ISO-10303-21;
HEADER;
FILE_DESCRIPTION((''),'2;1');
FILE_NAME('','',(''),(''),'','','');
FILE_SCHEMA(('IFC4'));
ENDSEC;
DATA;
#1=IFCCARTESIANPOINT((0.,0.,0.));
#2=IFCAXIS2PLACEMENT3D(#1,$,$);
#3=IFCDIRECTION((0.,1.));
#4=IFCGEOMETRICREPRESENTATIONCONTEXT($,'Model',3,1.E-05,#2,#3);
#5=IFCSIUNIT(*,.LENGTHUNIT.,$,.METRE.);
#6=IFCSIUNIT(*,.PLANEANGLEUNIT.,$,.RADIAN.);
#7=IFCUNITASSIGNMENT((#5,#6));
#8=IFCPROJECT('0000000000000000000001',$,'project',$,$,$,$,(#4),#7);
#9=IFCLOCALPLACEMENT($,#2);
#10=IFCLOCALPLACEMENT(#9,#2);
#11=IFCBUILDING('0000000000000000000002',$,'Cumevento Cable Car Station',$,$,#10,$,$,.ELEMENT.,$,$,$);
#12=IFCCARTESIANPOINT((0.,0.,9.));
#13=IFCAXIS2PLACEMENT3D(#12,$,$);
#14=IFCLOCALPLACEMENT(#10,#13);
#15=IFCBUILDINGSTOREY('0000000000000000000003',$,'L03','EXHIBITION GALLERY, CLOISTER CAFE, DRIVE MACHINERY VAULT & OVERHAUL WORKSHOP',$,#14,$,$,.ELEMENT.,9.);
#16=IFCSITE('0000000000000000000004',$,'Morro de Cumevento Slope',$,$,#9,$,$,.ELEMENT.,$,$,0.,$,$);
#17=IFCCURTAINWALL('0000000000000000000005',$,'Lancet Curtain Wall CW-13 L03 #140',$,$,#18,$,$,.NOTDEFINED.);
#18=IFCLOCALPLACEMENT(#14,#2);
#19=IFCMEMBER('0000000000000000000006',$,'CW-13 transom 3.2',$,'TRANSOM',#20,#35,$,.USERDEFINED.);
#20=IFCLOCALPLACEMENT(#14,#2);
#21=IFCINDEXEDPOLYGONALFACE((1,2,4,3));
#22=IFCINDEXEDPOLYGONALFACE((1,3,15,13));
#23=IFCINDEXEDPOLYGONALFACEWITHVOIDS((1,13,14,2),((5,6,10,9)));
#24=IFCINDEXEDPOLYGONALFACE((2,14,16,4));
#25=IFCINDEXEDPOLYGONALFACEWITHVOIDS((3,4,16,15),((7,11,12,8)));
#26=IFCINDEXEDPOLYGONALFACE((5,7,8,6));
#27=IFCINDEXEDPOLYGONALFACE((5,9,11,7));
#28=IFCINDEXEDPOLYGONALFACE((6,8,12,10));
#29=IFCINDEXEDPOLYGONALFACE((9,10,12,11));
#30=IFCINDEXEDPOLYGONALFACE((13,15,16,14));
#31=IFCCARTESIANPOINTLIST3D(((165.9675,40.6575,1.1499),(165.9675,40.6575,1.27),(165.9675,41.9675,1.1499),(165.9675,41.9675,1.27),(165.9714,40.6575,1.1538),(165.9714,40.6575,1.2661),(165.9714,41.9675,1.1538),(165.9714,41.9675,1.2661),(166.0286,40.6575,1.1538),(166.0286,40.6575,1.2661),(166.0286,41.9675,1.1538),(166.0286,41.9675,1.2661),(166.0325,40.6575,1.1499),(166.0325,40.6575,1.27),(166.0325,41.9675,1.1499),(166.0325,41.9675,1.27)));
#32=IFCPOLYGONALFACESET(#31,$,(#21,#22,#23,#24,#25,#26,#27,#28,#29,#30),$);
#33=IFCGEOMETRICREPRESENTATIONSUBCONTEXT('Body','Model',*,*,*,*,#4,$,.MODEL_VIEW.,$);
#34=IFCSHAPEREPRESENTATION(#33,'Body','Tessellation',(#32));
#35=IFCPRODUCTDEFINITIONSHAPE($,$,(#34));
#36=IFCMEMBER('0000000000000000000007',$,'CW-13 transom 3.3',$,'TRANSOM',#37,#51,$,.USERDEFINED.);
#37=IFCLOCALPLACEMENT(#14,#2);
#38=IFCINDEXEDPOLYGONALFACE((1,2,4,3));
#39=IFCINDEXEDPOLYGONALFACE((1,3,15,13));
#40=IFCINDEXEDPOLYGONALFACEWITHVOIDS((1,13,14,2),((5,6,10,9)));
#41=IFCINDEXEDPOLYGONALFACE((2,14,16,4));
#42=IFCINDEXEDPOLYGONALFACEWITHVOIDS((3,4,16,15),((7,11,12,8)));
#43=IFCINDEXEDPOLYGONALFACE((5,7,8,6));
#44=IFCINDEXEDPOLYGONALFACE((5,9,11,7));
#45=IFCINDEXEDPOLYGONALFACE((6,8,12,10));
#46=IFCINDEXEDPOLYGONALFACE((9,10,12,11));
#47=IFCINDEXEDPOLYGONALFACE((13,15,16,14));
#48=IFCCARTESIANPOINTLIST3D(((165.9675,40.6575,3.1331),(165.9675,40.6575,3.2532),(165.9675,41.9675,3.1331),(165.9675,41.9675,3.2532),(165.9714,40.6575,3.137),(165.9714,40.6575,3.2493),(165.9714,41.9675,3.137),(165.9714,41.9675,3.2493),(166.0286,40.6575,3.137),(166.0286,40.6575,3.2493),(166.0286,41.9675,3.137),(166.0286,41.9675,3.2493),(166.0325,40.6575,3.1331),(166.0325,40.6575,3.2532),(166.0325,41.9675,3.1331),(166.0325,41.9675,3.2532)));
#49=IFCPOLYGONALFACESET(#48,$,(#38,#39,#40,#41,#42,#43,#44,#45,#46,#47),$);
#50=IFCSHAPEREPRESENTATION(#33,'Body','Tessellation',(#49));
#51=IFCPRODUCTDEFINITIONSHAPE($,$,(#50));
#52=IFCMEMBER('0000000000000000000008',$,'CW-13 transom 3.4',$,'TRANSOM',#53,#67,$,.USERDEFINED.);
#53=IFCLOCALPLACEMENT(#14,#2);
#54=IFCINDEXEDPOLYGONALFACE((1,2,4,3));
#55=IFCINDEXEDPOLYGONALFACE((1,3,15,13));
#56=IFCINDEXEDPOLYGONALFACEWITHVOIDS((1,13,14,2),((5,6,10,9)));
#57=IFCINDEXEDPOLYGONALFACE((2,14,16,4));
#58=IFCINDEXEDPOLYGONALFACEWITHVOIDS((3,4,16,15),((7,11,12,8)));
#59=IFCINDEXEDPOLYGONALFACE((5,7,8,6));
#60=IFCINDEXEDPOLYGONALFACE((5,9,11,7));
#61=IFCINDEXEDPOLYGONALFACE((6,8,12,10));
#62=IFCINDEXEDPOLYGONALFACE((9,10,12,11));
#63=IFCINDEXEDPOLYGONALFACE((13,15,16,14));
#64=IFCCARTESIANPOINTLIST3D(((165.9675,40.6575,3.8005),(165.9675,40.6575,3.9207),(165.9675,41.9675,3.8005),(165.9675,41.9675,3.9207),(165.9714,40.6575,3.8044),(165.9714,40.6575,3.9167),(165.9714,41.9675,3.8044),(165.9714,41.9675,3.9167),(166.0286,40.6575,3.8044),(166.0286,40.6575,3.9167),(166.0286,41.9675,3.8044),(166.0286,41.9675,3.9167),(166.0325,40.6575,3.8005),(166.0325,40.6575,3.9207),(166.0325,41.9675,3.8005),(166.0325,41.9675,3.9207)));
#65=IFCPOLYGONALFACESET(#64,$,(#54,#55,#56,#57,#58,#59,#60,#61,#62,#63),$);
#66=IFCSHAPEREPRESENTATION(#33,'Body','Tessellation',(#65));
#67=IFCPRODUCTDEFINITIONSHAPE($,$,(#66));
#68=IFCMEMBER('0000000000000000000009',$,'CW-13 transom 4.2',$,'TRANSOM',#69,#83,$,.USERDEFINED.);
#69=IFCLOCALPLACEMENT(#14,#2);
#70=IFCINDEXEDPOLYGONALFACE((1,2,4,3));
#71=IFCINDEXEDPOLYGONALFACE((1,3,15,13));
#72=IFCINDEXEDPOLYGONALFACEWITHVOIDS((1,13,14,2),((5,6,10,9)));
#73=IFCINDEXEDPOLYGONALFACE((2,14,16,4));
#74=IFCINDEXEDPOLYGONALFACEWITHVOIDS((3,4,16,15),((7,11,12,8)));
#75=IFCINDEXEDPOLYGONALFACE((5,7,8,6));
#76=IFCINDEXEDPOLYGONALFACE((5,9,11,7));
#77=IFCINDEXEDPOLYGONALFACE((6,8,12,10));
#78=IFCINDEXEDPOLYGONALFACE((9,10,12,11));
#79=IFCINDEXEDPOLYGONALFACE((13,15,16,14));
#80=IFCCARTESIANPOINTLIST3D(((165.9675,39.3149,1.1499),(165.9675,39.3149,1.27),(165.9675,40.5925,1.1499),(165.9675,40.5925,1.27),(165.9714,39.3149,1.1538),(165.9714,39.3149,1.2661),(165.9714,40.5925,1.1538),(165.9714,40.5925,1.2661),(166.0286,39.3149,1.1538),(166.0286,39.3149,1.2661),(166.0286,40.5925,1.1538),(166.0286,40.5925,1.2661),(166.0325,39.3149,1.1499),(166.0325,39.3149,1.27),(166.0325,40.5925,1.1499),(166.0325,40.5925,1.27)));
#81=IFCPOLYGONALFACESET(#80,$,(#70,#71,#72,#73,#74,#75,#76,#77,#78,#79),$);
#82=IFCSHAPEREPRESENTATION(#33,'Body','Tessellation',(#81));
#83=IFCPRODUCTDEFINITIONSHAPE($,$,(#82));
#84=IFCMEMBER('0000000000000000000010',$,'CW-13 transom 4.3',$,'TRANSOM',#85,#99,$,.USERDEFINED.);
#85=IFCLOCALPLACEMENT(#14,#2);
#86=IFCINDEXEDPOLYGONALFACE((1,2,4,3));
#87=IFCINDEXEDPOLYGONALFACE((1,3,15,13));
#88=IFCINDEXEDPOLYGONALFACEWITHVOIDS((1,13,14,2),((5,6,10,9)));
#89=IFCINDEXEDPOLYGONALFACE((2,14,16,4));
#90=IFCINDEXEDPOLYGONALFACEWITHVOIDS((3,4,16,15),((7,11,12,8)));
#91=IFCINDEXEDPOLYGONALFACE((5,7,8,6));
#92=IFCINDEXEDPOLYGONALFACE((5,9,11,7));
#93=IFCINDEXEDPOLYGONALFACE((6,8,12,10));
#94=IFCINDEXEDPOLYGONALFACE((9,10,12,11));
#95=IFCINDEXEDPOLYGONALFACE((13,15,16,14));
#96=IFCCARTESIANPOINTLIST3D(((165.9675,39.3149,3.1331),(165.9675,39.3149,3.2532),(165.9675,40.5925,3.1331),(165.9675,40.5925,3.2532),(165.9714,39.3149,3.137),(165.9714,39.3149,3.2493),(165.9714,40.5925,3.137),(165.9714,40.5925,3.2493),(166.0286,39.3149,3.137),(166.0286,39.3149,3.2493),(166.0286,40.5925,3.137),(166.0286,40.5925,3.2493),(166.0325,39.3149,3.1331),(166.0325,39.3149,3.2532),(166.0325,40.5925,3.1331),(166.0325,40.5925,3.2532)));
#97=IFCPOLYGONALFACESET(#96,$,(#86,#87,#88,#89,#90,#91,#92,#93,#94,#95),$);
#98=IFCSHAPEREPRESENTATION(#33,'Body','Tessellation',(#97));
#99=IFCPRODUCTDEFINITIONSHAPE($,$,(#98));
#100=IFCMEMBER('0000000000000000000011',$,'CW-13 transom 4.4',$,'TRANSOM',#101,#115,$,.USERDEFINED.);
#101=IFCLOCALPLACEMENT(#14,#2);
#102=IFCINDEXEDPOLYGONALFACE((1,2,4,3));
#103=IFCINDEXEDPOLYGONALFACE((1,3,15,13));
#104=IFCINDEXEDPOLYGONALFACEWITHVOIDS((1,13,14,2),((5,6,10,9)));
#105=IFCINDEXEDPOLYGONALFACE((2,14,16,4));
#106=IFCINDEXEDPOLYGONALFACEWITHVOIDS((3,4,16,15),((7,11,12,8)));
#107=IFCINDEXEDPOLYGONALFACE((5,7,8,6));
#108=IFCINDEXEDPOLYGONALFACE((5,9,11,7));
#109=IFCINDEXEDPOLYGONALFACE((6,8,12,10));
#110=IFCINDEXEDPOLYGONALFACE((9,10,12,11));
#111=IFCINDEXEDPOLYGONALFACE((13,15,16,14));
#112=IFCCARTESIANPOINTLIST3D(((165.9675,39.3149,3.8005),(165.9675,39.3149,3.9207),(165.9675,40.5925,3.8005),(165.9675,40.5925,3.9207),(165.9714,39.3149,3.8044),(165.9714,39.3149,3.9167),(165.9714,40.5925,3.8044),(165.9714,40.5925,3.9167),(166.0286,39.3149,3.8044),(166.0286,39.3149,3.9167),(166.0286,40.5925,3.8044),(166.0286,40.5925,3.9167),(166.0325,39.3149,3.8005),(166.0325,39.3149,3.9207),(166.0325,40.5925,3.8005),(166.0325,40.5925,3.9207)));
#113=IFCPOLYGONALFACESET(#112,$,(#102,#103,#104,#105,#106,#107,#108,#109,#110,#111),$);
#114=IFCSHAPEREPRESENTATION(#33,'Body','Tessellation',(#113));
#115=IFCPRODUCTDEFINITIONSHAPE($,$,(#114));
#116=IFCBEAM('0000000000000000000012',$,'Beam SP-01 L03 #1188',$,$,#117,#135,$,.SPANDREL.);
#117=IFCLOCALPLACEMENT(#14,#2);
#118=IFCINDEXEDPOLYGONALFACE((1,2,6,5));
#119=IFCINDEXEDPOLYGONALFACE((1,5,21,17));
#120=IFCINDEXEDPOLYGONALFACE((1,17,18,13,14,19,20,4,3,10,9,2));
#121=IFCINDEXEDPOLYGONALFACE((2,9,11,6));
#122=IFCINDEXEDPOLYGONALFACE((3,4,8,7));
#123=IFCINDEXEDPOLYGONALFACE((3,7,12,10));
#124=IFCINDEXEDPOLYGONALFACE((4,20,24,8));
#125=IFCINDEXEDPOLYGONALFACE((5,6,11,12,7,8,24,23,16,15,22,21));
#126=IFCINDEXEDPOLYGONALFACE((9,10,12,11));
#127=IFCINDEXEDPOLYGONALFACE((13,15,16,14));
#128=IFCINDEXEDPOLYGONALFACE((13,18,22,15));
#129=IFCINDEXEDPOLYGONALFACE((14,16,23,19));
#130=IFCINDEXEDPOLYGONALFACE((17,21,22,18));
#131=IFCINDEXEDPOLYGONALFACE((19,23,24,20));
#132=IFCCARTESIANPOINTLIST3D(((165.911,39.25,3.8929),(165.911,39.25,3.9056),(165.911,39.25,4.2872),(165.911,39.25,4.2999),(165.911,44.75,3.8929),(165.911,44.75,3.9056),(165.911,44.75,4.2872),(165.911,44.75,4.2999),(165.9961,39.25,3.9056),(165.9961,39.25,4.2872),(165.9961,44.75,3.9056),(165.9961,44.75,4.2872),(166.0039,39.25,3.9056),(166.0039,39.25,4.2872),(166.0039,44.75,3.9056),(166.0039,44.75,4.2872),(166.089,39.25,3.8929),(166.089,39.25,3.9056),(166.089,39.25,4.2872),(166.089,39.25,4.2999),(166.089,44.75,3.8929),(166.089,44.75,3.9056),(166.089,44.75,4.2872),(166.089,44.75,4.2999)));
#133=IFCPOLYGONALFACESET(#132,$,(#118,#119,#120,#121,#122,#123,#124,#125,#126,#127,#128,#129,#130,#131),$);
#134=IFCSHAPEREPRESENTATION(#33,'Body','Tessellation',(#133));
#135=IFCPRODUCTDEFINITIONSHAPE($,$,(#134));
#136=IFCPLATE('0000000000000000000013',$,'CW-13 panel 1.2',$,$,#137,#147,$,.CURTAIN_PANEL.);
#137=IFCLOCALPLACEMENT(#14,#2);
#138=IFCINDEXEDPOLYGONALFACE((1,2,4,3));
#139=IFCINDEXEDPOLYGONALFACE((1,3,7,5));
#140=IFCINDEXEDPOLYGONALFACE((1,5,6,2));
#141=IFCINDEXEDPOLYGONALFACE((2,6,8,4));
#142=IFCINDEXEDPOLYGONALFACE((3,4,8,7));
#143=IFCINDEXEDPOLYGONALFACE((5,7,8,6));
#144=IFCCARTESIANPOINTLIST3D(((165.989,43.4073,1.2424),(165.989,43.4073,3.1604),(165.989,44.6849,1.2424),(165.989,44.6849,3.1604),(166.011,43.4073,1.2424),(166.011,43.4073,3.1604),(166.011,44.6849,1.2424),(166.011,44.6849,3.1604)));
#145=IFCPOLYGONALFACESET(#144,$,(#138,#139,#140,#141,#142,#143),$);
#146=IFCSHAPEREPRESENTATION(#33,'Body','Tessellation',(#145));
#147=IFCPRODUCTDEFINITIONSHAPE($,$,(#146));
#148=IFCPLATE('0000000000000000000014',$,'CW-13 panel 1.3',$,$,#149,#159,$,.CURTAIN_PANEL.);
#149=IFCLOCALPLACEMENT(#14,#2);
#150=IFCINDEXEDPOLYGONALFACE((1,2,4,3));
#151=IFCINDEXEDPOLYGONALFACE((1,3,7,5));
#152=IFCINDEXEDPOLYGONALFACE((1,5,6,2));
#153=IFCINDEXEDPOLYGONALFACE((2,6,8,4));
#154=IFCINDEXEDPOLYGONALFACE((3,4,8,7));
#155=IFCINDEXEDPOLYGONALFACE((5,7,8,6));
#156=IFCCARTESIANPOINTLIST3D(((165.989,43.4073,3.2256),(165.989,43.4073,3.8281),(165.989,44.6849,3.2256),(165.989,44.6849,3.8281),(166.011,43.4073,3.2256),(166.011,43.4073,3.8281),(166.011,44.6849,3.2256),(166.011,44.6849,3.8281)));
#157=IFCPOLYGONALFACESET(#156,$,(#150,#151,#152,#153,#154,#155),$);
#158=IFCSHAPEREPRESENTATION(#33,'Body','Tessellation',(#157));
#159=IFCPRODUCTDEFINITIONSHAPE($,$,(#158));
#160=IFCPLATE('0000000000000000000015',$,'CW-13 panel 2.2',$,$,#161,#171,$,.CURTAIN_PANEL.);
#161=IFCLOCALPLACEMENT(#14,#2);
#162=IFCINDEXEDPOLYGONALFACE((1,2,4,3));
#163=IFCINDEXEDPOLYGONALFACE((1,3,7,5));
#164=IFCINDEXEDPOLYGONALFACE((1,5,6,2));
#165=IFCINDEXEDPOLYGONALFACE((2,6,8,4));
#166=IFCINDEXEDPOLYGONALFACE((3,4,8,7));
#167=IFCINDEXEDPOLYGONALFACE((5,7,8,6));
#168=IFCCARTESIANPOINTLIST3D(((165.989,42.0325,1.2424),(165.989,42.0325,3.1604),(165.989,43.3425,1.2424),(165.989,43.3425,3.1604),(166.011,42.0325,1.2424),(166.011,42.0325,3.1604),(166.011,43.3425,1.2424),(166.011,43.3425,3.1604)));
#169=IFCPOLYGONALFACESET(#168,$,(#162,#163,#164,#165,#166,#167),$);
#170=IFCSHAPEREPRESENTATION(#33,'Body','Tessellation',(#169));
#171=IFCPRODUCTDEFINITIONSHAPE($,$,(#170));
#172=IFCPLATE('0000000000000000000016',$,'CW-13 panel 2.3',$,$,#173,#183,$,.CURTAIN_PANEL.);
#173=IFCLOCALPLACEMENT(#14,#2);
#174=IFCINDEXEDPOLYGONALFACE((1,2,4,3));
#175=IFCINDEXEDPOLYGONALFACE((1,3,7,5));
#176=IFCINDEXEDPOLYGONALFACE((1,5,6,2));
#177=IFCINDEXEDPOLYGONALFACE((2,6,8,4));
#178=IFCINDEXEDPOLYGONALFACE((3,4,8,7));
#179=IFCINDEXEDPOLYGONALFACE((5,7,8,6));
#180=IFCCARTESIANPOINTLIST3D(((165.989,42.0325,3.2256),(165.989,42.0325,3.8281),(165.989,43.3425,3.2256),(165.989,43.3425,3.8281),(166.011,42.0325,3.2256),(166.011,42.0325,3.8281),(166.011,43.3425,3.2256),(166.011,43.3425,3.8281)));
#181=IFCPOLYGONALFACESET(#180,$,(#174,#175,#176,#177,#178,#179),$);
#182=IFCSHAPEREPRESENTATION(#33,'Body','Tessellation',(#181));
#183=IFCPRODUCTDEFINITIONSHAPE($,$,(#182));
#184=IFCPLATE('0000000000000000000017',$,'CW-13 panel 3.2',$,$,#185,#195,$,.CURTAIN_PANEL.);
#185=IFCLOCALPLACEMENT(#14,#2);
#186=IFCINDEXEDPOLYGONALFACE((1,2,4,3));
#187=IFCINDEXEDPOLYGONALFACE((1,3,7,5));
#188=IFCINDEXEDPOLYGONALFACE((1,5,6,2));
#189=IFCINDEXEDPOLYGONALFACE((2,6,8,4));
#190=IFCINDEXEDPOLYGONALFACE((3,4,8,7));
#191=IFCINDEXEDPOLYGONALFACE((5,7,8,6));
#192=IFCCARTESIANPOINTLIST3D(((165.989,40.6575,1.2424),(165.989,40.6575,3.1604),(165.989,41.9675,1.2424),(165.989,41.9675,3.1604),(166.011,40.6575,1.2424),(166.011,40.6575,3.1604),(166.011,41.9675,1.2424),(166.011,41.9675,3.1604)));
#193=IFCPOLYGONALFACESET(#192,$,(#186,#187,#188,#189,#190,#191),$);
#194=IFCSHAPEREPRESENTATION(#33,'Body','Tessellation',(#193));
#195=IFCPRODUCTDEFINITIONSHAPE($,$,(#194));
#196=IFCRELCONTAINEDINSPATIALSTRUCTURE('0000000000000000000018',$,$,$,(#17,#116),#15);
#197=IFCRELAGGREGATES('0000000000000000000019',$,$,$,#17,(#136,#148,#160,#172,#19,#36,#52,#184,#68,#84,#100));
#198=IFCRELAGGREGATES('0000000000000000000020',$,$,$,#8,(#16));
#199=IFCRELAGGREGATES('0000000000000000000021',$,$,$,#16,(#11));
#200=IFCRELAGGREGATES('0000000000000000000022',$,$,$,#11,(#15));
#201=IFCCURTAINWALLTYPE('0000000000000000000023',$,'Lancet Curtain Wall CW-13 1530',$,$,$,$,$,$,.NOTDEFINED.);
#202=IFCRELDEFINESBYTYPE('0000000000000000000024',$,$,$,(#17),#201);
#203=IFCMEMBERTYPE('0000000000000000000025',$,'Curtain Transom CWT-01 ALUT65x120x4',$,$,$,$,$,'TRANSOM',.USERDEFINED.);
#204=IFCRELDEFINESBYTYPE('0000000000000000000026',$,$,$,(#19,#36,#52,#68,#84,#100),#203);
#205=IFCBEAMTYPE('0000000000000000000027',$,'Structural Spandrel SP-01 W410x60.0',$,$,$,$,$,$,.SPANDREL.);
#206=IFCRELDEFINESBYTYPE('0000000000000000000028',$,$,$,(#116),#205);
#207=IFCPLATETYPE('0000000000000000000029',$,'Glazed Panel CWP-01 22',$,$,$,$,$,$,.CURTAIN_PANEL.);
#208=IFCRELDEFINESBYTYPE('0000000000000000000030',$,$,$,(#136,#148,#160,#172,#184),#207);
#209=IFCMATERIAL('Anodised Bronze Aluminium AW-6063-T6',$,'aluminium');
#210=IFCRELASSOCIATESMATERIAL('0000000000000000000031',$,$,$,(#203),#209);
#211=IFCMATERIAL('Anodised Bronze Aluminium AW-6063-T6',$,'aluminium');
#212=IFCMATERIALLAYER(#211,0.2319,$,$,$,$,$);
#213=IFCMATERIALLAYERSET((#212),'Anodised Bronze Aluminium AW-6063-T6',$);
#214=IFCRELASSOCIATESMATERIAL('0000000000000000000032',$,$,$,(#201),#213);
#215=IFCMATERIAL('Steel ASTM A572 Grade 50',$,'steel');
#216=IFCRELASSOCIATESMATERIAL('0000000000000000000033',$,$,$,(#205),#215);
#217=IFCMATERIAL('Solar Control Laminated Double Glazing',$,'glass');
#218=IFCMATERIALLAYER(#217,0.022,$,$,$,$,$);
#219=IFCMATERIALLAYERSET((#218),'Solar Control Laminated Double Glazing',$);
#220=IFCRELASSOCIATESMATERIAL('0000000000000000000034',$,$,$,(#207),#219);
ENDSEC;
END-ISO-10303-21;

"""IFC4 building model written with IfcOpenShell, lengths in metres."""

from ifc_helpers import new_model, si_unit, direction, frame, origin, origin_2d, place, context, subcontext, project, spatial, rectangle, hollow_rectangle, i_section, extrude, material, layer, layer_set, material_profile, profile_set, type_object, element, aggregate, save


model = new_model("IFC4")

# Units and contexts
model_context = context("Model", 3, precision=1e-05, world=origin(), true_north=direction((0.0, 1.0)))
body_context = subcontext(model_context, "Body", "Model", "MODEL_VIEW")
ifc_project = project(units=[si_unit("LENGTHUNIT", "METRE"), si_unit("PLANEANGLEUNIT", "RADIAN")], contexts=[model_context])

# Site, building, storey
site_placement = place(None, origin())
site = spatial("IfcSite", under=ifc_project, at=site_placement, Name="Morro de Cumevento Slope", CompositionType="ELEMENT", RefElevation=0.0)
building_placement = place(site_placement, origin())
building = spatial("IfcBuilding", under=site, at=building_placement, Name="Cumevento Cable Car Station", CompositionType="ELEMENT")
storey_placement = place(building_placement, frame((0.0, 0.0, 9.0)))
storey = spatial("IfcBuildingStorey", under=building, at=storey_placement, Name="L03", Description="EXHIBITION GALLERY, CLOISTER CAFE, DRIVE MACHINERY VAULT & OVERHAUL WORKSHOP", CompositionType="ELEMENT", Elevation=9.0)

# Curtain wall, members
ifc_material_1 = material(Name="Anodised Bronze Aluminium AW-6063-T6", Category="aluminium")
ifc_material_profile_1 = material_profile(ifc_material_1, hollow_rectangle(XDim=0.0649, YDim=0.1201, WallThickness=0.0039, at=origin_2d()), Name="ALUT65x120x4")
ifc_profile_set_1 = profile_set([ifc_material_profile_1], Name="Anodised Bronze Aluminium AW-6063-T6")
member_type = type_object("IfcMemberType", Name="Curtain Transom CWT-01 ALUT65x120x4", ElementType="TRANSOM", PredefinedType="USERDEFINED", material=ifc_profile_set_1)
ifc_material_2 = material(Name="Anodised Bronze Aluminium AW-6063-T6", Category="aluminium")
ifc_layer_1 = layer(ifc_material_2, 0.2319)
ifc_layer_set_1 = layer_set([ifc_layer_1], Name="Anodised Bronze Aluminium AW-6063-T6")
curtain_wall_type_1 = type_object("IfcCurtainWallType", Name="Lancet Curtain Wall CW-13 1530", PredefinedType="NOTDEFINED", material=ifc_layer_set_1)
curtain_wall_1_placement = place(storey_placement, origin())
curtain_wall_1 = element("IfcCurtainWall", 1, at=curtain_wall_1_placement, inside=storey, type_object=curtain_wall_type_1, Name="Lancet Curtain Wall CW-13 L03 #140", PredefinedType="NOTDEFINED")
member_1_placement = place(storey_placement, frame((166.0, 41.9675, 1.21), z_axis=(0.0, -1.0, 0.0), x_axis=(1.0, 0.0, 0.0)))
member_1 = element("IfcMember", 2, at=member_1_placement, type_object=member_type, Name="CW-13 transom 3.2", ObjectType="TRANSOM", PredefinedType="USERDEFINED", context=body_context, shape_type="SweptSolid", body=[
    extrude(hollow_rectangle(XDim=0.0649, YDim=0.1201, WallThickness=0.0039, at=origin_2d()), origin(), (0.0, 0.0, 1.0), 1.3101),
])
member_2_placement = place(storey_placement, frame((166.0, 41.9675, 3.1931), z_axis=(0.0, -1.0, 0.0), x_axis=(1.0, 0.0, 0.0)))
member_2 = element("IfcMember", 3, at=member_2_placement, type_object=member_type, Name="CW-13 transom 3.3", ObjectType="TRANSOM", PredefinedType="USERDEFINED", context=body_context, shape_type="SweptSolid", body=[
    extrude(hollow_rectangle(XDim=0.0649, YDim=0.1201, WallThickness=0.0039, at=origin_2d()), origin(), (0.0, 0.0, 1.0), 1.3101),
])
member_3_placement = place(storey_placement, frame((166.0, 41.9675, 3.8606), z_axis=(0.0, -1.0, 0.0), x_axis=(1.0, 0.0, 0.0)))
member_3 = element("IfcMember", 4, at=member_3_placement, type_object=member_type, Name="CW-13 transom 3.4", ObjectType="TRANSOM", PredefinedType="USERDEFINED", context=body_context, shape_type="SweptSolid", body=[
    extrude(hollow_rectangle(XDim=0.0649, YDim=0.1201, WallThickness=0.0039, at=origin_2d()), origin(), (0.0, 0.0, 1.0), 1.3101),
])
member_4_placement = place(storey_placement, frame((166.0, 40.5925, 1.21), z_axis=(0.0, -1.0, 0.0), x_axis=(1.0, 0.0, 0.0)))
member_4 = element("IfcMember", 5, at=member_4_placement, type_object=member_type, Name="CW-13 transom 4.2", ObjectType="TRANSOM", PredefinedType="USERDEFINED", context=body_context, shape_type="SweptSolid", body=[
    extrude(hollow_rectangle(XDim=0.0649, YDim=0.1201, WallThickness=0.0039, at=origin_2d()), origin(), (0.0, 0.0, 1.0), 1.2776),
])
member_5_placement = place(storey_placement, frame((166.0, 40.5925, 3.1931), z_axis=(0.0, -1.0, 0.0), x_axis=(1.0, 0.0, 0.0)))
member_5 = element("IfcMember", 6, at=member_5_placement, type_object=member_type, Name="CW-13 transom 4.3", ObjectType="TRANSOM", PredefinedType="USERDEFINED", context=body_context, shape_type="SweptSolid", body=[
    extrude(hollow_rectangle(XDim=0.0649, YDim=0.1201, WallThickness=0.0039, at=origin_2d()), origin(), (0.0, 0.0, 1.0), 1.2776),
])
member_6_placement = place(storey_placement, frame((166.0, 40.5925, 3.8606), z_axis=(0.0, -1.0, 0.0), x_axis=(1.0, 0.0, 0.0)))
member_6 = element("IfcMember", 7, at=member_6_placement, type_object=member_type, Name="CW-13 transom 4.4", ObjectType="TRANSOM", PredefinedType="USERDEFINED", context=body_context, shape_type="SweptSolid", body=[
    extrude(hollow_rectangle(XDim=0.0649, YDim=0.1201, WallThickness=0.0039, at=origin_2d()), origin(), (0.0, 0.0, 1.0), 1.2776),
])

# Beam
ifc_material_3 = material(Name="Steel ASTM A572 Grade 50", Category="steel")
ifc_material_profile_2 = material_profile(ifc_material_3, i_section(OverallWidth=0.178, OverallDepth=0.407, WebThickness=0.0078, FlangeThickness=0.0127, at=origin_2d()), Name="W410x60.0")
ifc_profile_set_2 = profile_set([ifc_material_profile_2], Name="Steel ASTM A572 Grade 50")
beam_type = type_object("IfcBeamType", Name="Structural Spandrel SP-01 W410x60.0", PredefinedType="SPANDREL", material=ifc_profile_set_2)
beam_placement = place(storey_placement, frame((166.0, 39.25, 4.0964), z_axis=(0.0, 1.0, 0.0), x_axis=(-1.0, 0.0, 0.0)))
element("IfcBeam", 8, at=beam_placement, inside=storey, type_object=beam_type, Name="Beam SP-01 L03 #1188", PredefinedType="SPANDREL", context=body_context, shape_type="SweptSolid", body=[
    extrude(i_section(OverallWidth=0.178, OverallDepth=0.407, WebThickness=0.0078, FlangeThickness=0.0127, at=origin_2d()), origin(), (0.0, 0.0, 1.0), 5.5),
])

# Plates
ifc_material_4 = material(Name="Solar Control Laminated Double Glazing", Category="glass")
ifc_layer_2 = layer(ifc_material_4, 0.022)
ifc_layer_set_2 = layer_set([ifc_layer_2], Name="Solar Control Laminated Double Glazing")
plate_type_1 = type_object("IfcPlateType", Name="Glazed Panel CWP-01 22", PredefinedType="CURTAIN_PANEL", material=ifc_layer_set_2)
plate_1_placement = place(storey_placement, frame((166.0, 44.0461, 1.2424), z_axis=(0.0, 0.0, 1.0), x_axis=(0.0, -1.0, 0.0)))
plate_1 = element("IfcPlate", 9, at=plate_1_placement, type_object=plate_type_1, Name="CW-13 panel 1.2", PredefinedType="CURTAIN_PANEL", context=body_context, shape_type="SweptSolid", body=[
    extrude(rectangle(XDim=1.2776, YDim=0.022, at=origin_2d()), origin(), (0.0, 0.0, 1.0), 1.918),
])
plate_2_placement = place(storey_placement, frame((166.0, 44.0461, 3.2256), z_axis=(0.0, 0.0, 1.0), x_axis=(0.0, -1.0, 0.0)))
plate_2 = element("IfcPlate", 10, at=plate_2_placement, type_object=plate_type_1, Name="CW-13 panel 1.3", PredefinedType="CURTAIN_PANEL", context=body_context, shape_type="SweptSolid", body=[
    extrude(rectangle(XDim=1.2776, YDim=0.022, at=origin_2d()), origin(), (0.0, 0.0, 1.0), 0.6025),
])
plate_3_placement = place(storey_placement, frame((166.0, 42.6875, 1.2424), z_axis=(0.0, 0.0, 1.0), x_axis=(0.0, -1.0, 0.0)))
plate_3 = element("IfcPlate", 11, at=plate_3_placement, type_object=plate_type_1, Name="CW-13 panel 2.2", PredefinedType="CURTAIN_PANEL", context=body_context, shape_type="SweptSolid", body=[
    extrude(rectangle(XDim=1.3101, YDim=0.022, at=origin_2d()), origin(), (0.0, 0.0, 1.0), 1.918),
])
plate_4_placement = place(storey_placement, frame((166.0, 42.6875, 3.2256), z_axis=(0.0, 0.0, 1.0), x_axis=(0.0, -1.0, 0.0)))
plate_4 = element("IfcPlate", 12, at=plate_4_placement, type_object=plate_type_1, Name="CW-13 panel 2.3", PredefinedType="CURTAIN_PANEL", context=body_context, shape_type="SweptSolid", body=[
    extrude(rectangle(XDim=1.3101, YDim=0.022, at=origin_2d()), origin(), (0.0, 0.0, 1.0), 0.6025),
])
plate_5_placement = place(storey_placement, frame((166.0, 41.3125, 1.2424), z_axis=(0.0, 0.0, 1.0), x_axis=(0.0, -1.0, 0.0)))
plate_5 = element("IfcPlate", 13, at=plate_5_placement, type_object=plate_type_1, Name="CW-13 panel 3.2", PredefinedType="CURTAIN_PANEL", context=body_context, shape_type="SweptSolid", body=[
    extrude(rectangle(XDim=1.3101, YDim=0.022, at=origin_2d()), origin(), (0.0, 0.0, 1.0), 1.918),
])
aggregate(curtain_wall_1, [plate_1, plate_2, plate_3, plate_4, member_1, member_2, member_3, plate_5, member_4, member_5, member_6])

save(model, "model.ifc")
